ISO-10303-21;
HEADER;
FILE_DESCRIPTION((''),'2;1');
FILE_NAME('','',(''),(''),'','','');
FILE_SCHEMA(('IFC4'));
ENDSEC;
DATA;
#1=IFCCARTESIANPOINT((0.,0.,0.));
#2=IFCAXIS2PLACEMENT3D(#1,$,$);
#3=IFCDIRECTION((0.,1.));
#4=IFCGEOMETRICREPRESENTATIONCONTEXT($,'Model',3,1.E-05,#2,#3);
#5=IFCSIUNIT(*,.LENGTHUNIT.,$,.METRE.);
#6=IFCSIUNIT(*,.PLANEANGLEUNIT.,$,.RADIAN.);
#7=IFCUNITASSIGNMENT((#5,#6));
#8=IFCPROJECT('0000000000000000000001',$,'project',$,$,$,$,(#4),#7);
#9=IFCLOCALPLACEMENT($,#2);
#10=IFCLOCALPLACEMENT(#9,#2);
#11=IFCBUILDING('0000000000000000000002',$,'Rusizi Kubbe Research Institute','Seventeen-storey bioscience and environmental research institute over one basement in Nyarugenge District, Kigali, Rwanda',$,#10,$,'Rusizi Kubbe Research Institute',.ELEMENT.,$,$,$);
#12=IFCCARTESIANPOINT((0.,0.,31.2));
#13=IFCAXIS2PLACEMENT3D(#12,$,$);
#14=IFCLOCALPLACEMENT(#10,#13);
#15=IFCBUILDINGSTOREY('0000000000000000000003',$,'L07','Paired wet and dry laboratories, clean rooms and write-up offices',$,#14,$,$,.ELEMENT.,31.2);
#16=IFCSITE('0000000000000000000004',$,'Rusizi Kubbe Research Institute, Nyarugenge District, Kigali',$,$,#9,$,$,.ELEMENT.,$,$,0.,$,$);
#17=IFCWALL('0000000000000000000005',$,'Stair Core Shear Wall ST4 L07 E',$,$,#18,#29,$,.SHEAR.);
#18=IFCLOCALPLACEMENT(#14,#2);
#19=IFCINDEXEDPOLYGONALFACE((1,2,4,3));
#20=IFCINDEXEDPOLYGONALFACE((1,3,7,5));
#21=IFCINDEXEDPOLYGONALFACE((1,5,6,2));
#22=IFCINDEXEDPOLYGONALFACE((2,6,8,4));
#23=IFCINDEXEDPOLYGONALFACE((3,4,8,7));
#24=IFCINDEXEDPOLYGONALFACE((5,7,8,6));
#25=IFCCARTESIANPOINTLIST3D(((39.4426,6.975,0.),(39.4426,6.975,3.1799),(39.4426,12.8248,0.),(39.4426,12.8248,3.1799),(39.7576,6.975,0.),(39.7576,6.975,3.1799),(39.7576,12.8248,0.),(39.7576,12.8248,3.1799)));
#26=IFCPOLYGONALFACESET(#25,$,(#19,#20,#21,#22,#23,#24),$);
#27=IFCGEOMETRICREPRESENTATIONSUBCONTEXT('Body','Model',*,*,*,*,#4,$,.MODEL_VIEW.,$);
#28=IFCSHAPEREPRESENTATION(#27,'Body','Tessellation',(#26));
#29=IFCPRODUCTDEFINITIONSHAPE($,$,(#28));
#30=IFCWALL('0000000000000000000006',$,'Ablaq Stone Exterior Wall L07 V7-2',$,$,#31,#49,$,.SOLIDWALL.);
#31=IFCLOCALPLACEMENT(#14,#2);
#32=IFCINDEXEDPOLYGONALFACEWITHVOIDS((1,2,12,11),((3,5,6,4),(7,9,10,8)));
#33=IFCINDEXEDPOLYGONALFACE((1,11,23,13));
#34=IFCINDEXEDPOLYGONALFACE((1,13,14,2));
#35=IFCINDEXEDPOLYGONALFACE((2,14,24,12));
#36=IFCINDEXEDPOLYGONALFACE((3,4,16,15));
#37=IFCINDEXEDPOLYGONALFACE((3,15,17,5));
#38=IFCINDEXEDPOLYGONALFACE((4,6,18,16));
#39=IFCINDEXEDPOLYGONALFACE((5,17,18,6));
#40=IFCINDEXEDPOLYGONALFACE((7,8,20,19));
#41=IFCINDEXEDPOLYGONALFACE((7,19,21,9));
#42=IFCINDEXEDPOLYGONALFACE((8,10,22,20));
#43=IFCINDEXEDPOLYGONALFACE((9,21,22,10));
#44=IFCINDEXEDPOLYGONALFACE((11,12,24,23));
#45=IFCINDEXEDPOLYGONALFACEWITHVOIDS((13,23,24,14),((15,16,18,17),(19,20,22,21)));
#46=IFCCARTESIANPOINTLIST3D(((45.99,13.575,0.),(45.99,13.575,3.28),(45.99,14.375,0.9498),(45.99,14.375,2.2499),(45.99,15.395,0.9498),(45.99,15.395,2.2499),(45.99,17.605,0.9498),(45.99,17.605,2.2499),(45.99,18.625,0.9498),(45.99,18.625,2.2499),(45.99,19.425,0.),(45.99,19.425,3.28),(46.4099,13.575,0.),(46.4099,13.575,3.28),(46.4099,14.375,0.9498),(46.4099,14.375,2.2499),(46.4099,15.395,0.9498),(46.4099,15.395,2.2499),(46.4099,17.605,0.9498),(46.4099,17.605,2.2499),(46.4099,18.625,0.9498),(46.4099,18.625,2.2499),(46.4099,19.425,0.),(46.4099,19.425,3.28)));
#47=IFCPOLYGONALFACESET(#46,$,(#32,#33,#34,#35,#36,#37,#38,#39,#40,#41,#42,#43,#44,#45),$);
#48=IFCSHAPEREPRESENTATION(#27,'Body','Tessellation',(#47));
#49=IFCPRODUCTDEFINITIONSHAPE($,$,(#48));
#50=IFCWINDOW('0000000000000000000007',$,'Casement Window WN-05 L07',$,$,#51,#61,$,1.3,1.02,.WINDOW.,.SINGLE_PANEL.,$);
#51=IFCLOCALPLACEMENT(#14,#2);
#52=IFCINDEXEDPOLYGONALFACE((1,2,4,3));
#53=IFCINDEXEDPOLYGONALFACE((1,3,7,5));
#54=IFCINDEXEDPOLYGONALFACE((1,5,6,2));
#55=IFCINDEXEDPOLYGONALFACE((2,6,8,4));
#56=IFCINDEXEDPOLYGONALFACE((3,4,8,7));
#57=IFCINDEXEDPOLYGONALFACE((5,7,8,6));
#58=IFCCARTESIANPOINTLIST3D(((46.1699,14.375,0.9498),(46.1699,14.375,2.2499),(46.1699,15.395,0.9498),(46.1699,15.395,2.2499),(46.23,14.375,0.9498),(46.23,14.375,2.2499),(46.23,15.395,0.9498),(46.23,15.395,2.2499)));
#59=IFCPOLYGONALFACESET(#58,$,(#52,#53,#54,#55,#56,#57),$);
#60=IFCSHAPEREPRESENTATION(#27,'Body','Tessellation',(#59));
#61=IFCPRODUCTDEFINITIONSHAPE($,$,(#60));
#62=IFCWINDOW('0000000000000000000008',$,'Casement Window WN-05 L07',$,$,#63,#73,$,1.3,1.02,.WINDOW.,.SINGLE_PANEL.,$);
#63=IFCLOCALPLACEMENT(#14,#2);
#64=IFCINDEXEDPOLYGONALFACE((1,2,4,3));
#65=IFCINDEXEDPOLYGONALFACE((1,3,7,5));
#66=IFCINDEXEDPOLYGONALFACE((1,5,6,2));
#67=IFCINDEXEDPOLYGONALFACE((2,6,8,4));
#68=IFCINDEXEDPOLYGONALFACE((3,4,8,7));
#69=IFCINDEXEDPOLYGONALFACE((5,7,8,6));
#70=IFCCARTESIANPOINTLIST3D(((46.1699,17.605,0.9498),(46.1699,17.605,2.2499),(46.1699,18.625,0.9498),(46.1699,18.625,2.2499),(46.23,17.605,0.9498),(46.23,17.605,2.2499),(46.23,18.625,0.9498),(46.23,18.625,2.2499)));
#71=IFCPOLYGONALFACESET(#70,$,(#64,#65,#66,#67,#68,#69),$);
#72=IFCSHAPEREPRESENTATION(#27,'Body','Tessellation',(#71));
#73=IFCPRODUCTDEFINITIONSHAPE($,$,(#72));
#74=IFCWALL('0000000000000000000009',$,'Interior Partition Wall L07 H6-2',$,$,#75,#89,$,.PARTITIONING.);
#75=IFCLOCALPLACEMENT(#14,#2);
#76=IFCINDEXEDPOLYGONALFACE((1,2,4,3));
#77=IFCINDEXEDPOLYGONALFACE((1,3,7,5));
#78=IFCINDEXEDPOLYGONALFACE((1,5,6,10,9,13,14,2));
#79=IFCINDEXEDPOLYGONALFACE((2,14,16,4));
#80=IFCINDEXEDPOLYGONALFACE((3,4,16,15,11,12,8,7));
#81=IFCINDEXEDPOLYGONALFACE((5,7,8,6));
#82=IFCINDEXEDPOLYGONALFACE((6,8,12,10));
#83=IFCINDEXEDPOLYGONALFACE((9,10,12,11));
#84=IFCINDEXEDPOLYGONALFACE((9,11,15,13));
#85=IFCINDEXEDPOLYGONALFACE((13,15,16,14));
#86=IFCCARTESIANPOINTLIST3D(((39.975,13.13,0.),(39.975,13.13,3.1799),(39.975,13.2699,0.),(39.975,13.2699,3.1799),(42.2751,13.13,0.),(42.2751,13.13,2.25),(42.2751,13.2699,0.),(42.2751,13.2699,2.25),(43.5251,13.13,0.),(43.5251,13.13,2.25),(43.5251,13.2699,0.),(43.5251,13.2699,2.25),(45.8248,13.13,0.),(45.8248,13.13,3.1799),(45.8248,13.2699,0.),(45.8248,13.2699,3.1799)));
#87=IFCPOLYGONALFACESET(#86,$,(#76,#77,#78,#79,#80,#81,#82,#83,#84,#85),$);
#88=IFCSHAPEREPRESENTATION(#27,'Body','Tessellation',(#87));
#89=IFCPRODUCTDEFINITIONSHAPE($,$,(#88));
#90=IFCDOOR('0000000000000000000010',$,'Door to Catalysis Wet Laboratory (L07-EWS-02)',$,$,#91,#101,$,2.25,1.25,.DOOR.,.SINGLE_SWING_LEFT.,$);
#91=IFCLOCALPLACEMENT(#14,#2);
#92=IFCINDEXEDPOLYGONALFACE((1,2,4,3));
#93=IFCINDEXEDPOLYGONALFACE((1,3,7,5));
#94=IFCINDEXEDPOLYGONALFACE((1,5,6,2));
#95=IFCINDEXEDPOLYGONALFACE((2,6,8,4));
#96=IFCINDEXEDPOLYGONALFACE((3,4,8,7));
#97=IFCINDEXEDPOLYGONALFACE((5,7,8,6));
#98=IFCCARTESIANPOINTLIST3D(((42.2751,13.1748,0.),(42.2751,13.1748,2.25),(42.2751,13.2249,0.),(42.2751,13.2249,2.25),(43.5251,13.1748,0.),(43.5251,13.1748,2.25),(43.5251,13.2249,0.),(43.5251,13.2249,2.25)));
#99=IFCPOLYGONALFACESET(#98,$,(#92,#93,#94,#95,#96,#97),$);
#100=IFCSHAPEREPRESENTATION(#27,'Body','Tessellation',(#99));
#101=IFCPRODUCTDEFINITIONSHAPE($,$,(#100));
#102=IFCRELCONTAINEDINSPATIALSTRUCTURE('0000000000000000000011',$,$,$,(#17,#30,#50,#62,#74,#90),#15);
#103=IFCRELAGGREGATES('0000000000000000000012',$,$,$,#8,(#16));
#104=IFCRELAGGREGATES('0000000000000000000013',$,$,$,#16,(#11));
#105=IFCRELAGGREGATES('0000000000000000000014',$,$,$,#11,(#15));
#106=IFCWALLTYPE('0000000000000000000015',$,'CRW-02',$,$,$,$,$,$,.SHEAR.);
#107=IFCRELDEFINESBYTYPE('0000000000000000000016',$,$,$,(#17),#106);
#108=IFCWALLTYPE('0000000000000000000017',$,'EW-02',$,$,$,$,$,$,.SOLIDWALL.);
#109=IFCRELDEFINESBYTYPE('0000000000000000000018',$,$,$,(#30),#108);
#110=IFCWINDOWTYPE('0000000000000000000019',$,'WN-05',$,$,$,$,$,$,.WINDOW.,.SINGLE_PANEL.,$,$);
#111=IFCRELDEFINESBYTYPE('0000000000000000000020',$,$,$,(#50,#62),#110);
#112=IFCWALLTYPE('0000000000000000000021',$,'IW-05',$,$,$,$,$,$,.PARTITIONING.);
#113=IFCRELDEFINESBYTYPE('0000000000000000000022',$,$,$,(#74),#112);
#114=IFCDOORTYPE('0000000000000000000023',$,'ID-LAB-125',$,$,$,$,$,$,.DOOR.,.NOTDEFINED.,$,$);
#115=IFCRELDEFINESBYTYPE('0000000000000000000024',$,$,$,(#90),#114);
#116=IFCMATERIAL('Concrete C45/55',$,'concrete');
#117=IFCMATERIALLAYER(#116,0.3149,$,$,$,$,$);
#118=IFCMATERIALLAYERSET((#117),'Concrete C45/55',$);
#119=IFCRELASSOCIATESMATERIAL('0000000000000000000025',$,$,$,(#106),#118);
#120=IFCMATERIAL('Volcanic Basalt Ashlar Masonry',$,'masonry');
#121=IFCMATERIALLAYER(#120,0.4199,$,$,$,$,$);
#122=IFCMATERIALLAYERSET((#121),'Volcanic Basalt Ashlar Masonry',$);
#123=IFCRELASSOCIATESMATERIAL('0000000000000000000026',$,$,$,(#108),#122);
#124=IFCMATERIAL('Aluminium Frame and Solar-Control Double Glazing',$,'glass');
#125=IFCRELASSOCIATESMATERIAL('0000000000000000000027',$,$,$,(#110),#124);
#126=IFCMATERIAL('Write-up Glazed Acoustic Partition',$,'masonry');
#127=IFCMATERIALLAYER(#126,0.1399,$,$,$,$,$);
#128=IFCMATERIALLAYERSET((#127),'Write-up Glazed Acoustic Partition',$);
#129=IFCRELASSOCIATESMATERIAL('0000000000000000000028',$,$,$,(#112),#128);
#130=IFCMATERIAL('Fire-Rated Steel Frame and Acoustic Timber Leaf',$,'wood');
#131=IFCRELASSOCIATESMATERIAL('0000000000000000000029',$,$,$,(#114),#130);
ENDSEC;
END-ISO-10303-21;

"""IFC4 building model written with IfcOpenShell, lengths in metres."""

from ifc_helpers import new_model, si_unit, direction, frame, frame_2d, origin, place, context, subcontext, project, spatial, rectangle, extrude, material, layer, layer_set, type_object, element, fill, save


model = new_model("IFC4")

# Units and contexts
model_context = context("Model", 3, precision=1e-05, world=origin(), true_north=direction((0.0, 1.0)))
body_context = subcontext(model_context, "Body", "Model", "MODEL_VIEW")
ifc_project = project(units=[si_unit("LENGTHUNIT", "METRE"), si_unit("PLANEANGLEUNIT", "RADIAN")], contexts=[model_context])

# Site, building, storey
site_placement = place(None, origin())
site = spatial("IfcSite", under=ifc_project, at=site_placement, Name="Rusizi Kubbe Research Institute, Nyarugenge District, Kigali", CompositionType="ELEMENT", RefElevation=0.0)
building_placement = place(site_placement, origin())
building = spatial("IfcBuilding", under=site, at=building_placement, Name="Rusizi Kubbe Research Institute", Description="Seventeen-storey bioscience and environmental research institute over one basement in Nyarugenge District, Kigali, Rwanda", LongName="Rusizi Kubbe Research Institute", CompositionType="ELEMENT")
storey_placement = place(building_placement, frame((0.0, 0.0, 31.2)))
storey = spatial("IfcBuildingStorey", under=building, at=storey_placement, Name="L07", Description="Paired wet and dry laboratories, clean rooms and write-up offices", CompositionType="ELEMENT", Elevation=31.2)

# Wall
ifc_material_1 = material(Name="Concrete C45/55", Category="concrete")
ifc_layer_1 = layer(ifc_material_1, 0.3149)
ifc_layer_set_1 = layer_set([ifc_layer_1], Name="Concrete C45/55")
wall_type_1 = type_object("IfcWallType", Name="CRW-02", PredefinedType="SHEAR", material=ifc_layer_set_1)
wall_1_placement = place(storey_placement, frame((39.6001, 6.9751, 0.0), z_axis=(0.0, 0.0, 1.0), x_axis=(0.0, 1.0, 0.0)))
element("IfcWall", 1, at=wall_1_placement, inside=storey, type_object=wall_type_1, Name="Stair Core Shear Wall ST4 L07 E", PredefinedType="SHEAR", context=body_context, shape_type="SweptSolid", body=[
    extrude(rectangle(XDim=5.8499, YDim=0.3149, at=frame_2d((2.9248, 0.0))), origin(), (0.0, 0.0, 1.0), 3.1799),
])

# Wall, openings, windows
ifc_material_2 = material(Name="Volcanic Basalt Ashlar Masonry", Category="masonry")
ifc_layer_2 = layer(ifc_material_2, 0.4199)
ifc_layer_set_2 = layer_set([ifc_layer_2], Name="Volcanic Basalt Ashlar Masonry")
wall_type_2 = type_object("IfcWallType", Name="EW-02", PredefinedType="SOLIDWALL", material=ifc_layer_set_2)
wall_2_placement = place(storey_placement, frame((46.2, 13.575, 0.0), z_axis=(0.0, 0.0, 1.0), x_axis=(0.0, 1.0, 0.0)))
wall_2 = element("IfcWall", 2, at=wall_2_placement, inside=storey, type_object=wall_type_2, Name="Ablaq Stone Exterior Wall L07 V7-2", PredefinedType="SOLIDWALL", context=body_context, shape_type="SweptSolid", body=[
    extrude(rectangle(XDim=5.8501, YDim=0.4199, at=frame_2d((2.925, 0.0))), origin(), (0.0, 0.0, 1.0), 3.28),
])
opening_1_placement = place(wall_2_placement, frame((0.8, 0.0, 0.95)))
opening_1 = element("IfcOpeningElement", 3, at=opening_1_placement, cuts=wall_2, PredefinedType="OPENING", context=body_context, shape_type="SweptSolid", body=[
    extrude(rectangle(XDim=1.02, YDim=1.3, at=frame_2d((0.51, 0.6499))), frame((0.0, 0.22, 0.0), z_axis=(0.0, -1.0, 0.0), x_axis=(1.0, 0.0, 0.0)), (0.0, 0.0, 1.0), 0.4399),
])
opening_2_placement = place(wall_2_placement, frame((4.03, 0.0, 0.95)))
opening_2 = element("IfcOpeningElement", 4, at=opening_2_placement, cuts=wall_2, PredefinedType="OPENING", context=body_context, shape_type="SweptSolid", body=[
    extrude(rectangle(XDim=1.02, YDim=1.3, at=frame_2d((0.51, 0.6499))), frame((0.0, 0.22, 0.0), z_axis=(0.0, -1.0, 0.0), x_axis=(1.0, 0.0, 0.0)), (0.0, 0.0, 1.0), 0.4399),
])
ifc_material_3 = material(Name="Aluminium Frame and Solar-Control Double Glazing", Category="glass")
window_type = type_object("IfcWindowType", Name="WN-05", PartitioningType="SINGLE_PANEL", PredefinedType="WINDOW", material=ifc_material_3)
window_1_placement = place(opening_1_placement, origin())
window_1 = element("IfcWindow", 5, at=window_1_placement, inside=storey, type_object=window_type, Name="Casement Window WN-05 L07", OverallHeight=1.3, OverallWidth=1.02, PartitioningType="SINGLE_PANEL", PredefinedType="WINDOW", context=body_context, shape_type="SweptSolid", body=[
    extrude(rectangle(XDim=1.02, YDim=1.3, at=frame_2d((0.51, 0.6499))), frame((0.0, 0.03, 0.0), z_axis=(0.0, -1.0, 0.0), x_axis=(1.0, 0.0, 0.0)), (0.0, 0.0, 1.0), 0.0601),
])
fill(opening_1, window_1)
window_2_placement = place(opening_2_placement, origin())
window_2 = element("IfcWindow", 6, at=window_2_placement, inside=storey, type_object=window_type, Name="Casement Window WN-05 L07", OverallHeight=1.3, OverallWidth=1.02, PartitioningType="SINGLE_PANEL", PredefinedType="WINDOW", context=body_context, shape_type="SweptSolid", body=[
    extrude(rectangle(XDim=1.02, YDim=1.3, at=frame_2d((0.51, 0.6499))), frame((0.0, 0.03, 0.0), z_axis=(0.0, -1.0, 0.0), x_axis=(1.0, 0.0, 0.0)), (0.0, 0.0, 1.0), 0.0601),
])
fill(opening_2, window_2)

# Wall, opening, door
ifc_material_4 = material(Name="Write-up Glazed Acoustic Partition", Category="masonry")
ifc_layer_3 = layer(ifc_material_4, 0.1399)
ifc_layer_set_3 = layer_set([ifc_layer_3], Name="Write-up Glazed Acoustic Partition")
wall_type_3 = type_object("IfcWallType", Name="IW-05", PredefinedType="PARTITIONING", material=ifc_layer_set_3)
wall_3_placement = place(storey_placement, frame((39.9751, 13.2, 0.0), z_axis=(0.0, 0.0, 1.0), x_axis=(1.0, 0.0, 0.0)))
wall_3 = element("IfcWall", 7, at=wall_3_placement, inside=storey, type_object=wall_type_3, Name="Interior Partition Wall L07 H6-2", PredefinedType="PARTITIONING", context=body_context, shape_type="SweptSolid", body=[
    extrude(rectangle(XDim=5.8499, YDim=0.1399, at=frame_2d((2.9248, 0.0))), origin(), (0.0, 0.0, 1.0), 3.1799),
])
opening_3_placement = place(wall_3_placement, frame((2.3, 0.0, 0.0)))
opening_3 = element("IfcOpeningElement", 8, at=opening_3_placement, cuts=wall_3, PredefinedType="OPENING", context=body_context, shape_type="SweptSolid", body=[
    extrude(rectangle(XDim=1.25, YDim=2.25, at=frame_2d((0.625, 1.125))), frame((0.0, 0.0798, 0.0), z_axis=(0.0, -1.0, 0.0), x_axis=(1.0, 0.0, 0.0)), (0.0, 0.0, 1.0), 0.1599),
])
ifc_material_5 = material(Name="Fire-Rated Steel Frame and Acoustic Timber Leaf", Category="wood")
door_type = type_object("IfcDoorType", Name="ID-LAB-125", OperationType="NOTDEFINED", PredefinedType="DOOR", material=ifc_material_5)
door_placement = place(opening_3_placement, origin())
door = element("IfcDoor", 9, at=door_placement, inside=storey, type_object=door_type, Name="Door to Catalysis Wet Laboratory (L07-EWS-02)", OperationType="SINGLE_SWING_LEFT", OverallHeight=2.25, OverallWidth=1.25, PredefinedType="DOOR", context=body_context, shape_type="SweptSolid", body=[
    extrude(rectangle(XDim=1.25, YDim=2.25, at=frame_2d((0.625, 1.125))), frame((0.0, 0.0249, 0.0), z_axis=(0.0, -1.0, 0.0), x_axis=(1.0, 0.0, 0.0)), (0.0, 0.0, 1.0), 0.05),
])
fill(opening_3, door)

save(model, "model.ifc")
